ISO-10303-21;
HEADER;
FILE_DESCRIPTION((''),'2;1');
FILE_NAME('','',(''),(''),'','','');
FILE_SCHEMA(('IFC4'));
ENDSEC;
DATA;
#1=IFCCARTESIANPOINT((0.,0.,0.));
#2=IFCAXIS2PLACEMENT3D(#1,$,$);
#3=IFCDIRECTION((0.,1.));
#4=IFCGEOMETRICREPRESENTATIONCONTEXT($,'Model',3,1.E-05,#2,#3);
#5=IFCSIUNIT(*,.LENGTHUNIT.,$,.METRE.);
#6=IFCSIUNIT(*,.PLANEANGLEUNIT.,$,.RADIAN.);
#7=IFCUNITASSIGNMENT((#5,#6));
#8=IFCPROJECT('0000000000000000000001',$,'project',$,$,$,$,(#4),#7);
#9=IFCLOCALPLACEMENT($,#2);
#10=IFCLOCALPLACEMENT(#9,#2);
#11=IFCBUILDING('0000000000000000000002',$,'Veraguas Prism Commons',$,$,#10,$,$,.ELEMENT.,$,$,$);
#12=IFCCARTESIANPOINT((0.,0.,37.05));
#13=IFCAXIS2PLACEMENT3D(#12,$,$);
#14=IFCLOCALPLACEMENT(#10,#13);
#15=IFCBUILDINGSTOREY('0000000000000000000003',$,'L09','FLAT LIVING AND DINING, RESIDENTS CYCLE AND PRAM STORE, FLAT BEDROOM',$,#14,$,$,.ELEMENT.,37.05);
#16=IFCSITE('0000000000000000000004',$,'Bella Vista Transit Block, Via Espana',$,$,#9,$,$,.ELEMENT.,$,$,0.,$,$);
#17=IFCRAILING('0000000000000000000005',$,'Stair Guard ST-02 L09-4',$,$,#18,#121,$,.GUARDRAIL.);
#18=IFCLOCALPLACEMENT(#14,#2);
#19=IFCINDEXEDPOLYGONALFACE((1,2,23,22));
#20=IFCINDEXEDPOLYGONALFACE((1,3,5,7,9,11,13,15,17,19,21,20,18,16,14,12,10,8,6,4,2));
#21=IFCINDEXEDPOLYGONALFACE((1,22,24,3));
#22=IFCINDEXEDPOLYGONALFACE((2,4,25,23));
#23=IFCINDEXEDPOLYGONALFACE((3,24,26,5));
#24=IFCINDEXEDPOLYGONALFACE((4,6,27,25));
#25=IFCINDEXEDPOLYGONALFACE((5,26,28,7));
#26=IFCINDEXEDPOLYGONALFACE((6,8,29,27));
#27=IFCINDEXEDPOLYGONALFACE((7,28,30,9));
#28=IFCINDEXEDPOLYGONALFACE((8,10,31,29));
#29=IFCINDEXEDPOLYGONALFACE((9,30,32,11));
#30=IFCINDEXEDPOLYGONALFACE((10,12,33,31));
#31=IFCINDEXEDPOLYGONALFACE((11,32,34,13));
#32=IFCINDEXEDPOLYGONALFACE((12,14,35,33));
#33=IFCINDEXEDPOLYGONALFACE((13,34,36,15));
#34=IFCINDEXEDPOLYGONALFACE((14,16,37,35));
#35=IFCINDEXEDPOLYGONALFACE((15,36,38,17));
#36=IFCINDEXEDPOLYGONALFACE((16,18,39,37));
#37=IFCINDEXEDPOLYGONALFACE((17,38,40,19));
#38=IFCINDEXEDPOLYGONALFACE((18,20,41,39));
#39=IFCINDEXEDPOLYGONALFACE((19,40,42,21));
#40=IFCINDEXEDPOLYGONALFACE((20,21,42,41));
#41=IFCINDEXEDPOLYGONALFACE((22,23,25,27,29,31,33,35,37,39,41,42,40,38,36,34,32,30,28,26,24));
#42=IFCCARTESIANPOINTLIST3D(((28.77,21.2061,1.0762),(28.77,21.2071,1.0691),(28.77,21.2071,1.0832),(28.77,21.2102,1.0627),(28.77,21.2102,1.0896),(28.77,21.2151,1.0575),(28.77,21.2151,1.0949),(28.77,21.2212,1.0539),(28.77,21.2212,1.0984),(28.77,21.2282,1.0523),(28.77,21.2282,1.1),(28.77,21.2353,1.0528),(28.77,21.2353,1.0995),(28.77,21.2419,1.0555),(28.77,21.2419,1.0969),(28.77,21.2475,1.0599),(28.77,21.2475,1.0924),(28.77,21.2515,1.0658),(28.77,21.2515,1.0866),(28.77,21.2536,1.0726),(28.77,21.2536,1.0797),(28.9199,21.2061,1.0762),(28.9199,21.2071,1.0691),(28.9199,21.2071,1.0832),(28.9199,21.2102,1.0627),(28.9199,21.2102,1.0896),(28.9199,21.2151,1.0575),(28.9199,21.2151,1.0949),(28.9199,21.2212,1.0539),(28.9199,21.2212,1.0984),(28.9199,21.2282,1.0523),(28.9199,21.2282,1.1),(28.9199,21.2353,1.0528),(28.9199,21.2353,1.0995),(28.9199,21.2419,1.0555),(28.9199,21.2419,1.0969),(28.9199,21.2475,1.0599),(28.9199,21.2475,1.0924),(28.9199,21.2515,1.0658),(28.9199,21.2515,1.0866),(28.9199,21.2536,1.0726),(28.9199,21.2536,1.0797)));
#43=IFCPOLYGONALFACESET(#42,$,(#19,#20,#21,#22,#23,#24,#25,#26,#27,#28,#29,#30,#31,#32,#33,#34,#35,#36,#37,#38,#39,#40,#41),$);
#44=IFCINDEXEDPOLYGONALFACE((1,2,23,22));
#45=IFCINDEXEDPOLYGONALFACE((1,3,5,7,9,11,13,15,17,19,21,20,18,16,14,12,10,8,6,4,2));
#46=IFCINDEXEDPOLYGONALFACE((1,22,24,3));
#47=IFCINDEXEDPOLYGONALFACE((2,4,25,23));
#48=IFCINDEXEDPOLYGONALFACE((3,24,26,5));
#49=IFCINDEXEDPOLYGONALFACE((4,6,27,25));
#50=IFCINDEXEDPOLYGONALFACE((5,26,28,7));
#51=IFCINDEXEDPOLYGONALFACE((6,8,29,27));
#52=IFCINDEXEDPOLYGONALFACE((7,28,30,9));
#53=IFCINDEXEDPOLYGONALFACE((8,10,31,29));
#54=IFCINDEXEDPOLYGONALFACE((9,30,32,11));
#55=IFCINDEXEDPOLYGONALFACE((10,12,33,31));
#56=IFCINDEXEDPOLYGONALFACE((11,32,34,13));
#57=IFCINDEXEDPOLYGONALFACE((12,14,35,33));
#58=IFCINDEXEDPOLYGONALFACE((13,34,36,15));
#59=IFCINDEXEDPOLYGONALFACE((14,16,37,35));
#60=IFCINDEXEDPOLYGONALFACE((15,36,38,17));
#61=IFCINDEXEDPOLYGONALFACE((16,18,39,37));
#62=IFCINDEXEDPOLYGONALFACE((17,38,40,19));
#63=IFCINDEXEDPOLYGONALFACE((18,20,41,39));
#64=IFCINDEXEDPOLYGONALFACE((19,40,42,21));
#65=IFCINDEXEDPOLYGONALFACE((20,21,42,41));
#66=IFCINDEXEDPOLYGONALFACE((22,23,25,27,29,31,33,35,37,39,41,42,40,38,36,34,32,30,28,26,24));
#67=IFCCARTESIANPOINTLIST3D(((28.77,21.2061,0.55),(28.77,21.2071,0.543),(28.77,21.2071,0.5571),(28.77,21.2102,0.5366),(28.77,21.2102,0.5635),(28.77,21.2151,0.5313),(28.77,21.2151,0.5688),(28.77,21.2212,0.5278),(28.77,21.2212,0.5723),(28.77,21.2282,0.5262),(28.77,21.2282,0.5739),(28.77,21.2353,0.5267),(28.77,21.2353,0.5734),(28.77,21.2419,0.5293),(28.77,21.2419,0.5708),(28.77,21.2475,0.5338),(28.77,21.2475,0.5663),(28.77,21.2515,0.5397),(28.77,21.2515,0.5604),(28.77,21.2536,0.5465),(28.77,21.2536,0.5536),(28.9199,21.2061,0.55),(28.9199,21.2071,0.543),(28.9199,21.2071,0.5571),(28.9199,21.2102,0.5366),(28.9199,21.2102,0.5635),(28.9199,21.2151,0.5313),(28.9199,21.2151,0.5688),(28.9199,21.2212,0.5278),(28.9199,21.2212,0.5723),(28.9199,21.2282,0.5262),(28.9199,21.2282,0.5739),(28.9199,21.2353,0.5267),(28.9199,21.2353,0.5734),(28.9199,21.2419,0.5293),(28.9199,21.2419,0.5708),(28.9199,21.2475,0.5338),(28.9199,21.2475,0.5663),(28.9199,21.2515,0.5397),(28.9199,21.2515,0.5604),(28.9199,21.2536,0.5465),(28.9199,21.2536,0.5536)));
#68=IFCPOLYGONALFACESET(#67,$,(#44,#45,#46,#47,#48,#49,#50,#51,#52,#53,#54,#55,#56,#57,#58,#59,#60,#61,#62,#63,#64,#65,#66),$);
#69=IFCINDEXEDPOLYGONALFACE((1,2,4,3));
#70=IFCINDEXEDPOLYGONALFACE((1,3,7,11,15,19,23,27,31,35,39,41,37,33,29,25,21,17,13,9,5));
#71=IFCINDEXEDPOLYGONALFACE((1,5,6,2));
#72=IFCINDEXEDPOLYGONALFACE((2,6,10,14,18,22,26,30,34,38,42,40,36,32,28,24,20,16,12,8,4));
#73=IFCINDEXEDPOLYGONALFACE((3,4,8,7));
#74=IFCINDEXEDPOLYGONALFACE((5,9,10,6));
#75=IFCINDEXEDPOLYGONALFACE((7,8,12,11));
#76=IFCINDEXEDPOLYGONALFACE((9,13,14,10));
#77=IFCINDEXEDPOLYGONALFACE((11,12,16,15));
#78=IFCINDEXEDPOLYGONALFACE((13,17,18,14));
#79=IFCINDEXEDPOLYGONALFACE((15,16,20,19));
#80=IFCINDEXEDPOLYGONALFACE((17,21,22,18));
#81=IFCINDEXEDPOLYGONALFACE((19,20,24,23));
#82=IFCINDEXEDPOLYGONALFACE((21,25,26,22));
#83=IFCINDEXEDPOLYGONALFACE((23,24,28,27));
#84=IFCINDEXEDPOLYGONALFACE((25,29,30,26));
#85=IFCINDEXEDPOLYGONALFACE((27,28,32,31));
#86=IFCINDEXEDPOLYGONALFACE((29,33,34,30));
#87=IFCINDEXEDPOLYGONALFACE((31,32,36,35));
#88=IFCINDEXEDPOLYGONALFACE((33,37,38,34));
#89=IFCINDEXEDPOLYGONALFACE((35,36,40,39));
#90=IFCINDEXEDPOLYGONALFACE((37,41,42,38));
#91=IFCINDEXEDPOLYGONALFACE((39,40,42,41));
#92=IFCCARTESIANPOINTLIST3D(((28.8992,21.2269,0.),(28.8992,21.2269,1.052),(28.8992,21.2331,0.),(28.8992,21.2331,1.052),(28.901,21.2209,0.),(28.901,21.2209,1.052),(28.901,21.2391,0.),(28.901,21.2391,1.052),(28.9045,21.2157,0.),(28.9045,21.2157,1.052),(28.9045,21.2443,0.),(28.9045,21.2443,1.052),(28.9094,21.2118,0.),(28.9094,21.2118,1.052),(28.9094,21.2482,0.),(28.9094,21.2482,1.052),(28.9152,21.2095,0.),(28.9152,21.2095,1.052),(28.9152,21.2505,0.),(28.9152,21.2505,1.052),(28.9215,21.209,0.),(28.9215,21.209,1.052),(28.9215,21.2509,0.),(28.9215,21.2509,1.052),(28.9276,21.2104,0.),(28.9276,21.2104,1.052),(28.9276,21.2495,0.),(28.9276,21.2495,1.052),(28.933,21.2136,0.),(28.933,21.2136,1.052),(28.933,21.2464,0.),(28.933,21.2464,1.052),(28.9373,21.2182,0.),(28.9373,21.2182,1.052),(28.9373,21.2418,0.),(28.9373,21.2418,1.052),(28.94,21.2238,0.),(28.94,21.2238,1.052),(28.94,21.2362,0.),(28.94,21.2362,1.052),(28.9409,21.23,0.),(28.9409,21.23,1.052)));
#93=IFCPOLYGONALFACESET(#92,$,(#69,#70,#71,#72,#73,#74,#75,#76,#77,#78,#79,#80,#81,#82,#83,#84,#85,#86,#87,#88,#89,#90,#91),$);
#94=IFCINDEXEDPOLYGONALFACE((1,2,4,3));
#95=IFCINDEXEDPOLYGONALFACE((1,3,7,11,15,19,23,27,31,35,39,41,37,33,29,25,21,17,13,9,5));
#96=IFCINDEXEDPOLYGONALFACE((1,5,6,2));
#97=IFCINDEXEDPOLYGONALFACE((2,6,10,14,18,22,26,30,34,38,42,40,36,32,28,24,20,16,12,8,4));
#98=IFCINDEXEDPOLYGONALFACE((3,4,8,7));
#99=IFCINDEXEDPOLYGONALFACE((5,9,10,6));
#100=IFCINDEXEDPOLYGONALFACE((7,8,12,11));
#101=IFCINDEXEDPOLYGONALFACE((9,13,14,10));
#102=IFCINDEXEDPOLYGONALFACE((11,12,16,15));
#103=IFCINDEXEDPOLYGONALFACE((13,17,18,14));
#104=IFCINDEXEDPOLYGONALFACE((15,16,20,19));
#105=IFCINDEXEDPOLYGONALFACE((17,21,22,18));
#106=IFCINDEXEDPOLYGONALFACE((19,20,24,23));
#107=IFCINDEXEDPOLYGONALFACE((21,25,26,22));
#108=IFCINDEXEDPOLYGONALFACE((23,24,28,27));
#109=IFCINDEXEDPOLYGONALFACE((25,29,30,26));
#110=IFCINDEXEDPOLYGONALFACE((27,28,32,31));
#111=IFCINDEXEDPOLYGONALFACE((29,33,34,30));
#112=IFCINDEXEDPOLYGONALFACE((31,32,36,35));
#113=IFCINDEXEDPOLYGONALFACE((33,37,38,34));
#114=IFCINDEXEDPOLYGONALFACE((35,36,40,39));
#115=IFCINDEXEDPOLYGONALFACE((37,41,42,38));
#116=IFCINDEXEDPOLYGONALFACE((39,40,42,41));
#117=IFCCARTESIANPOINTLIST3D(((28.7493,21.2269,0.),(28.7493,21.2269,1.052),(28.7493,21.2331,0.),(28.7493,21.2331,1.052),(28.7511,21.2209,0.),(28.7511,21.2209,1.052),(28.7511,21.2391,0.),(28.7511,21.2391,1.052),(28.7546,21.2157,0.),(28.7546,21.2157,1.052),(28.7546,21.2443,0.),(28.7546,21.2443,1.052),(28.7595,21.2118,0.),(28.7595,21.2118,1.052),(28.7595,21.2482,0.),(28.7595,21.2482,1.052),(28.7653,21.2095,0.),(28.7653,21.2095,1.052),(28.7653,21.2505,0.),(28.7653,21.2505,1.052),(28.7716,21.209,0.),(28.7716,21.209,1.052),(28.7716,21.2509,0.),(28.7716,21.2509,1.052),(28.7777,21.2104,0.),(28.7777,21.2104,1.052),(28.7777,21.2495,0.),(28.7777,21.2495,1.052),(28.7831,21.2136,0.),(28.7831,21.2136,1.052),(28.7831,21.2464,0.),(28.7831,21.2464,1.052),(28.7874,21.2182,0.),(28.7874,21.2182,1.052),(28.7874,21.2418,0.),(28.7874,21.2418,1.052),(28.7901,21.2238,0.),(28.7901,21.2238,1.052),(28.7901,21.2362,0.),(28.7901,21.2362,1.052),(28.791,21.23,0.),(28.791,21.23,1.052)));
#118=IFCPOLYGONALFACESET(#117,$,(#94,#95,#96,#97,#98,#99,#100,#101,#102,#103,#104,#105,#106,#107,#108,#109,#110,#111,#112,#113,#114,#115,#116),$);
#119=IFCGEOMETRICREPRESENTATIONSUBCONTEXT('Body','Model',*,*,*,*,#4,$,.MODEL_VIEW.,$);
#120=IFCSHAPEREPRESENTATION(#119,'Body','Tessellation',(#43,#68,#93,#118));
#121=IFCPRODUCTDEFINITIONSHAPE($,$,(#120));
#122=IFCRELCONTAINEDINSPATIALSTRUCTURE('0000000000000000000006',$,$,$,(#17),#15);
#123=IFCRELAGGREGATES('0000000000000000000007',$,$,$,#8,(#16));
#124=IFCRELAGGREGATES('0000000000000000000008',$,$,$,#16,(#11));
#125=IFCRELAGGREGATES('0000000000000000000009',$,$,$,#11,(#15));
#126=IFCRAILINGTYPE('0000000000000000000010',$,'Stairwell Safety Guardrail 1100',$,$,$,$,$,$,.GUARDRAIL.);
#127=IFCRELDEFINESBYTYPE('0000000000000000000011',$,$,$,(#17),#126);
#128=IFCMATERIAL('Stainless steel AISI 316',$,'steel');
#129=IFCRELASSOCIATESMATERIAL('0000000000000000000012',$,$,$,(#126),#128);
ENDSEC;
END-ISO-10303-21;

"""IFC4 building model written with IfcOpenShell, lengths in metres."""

from ifc_helpers import new_model, si_unit, direction, frame, origin, origin_2d, place, context, subcontext, project, spatial, circle, extrude, material, type_object, element, save


model = new_model("IFC4")

# Units and contexts
model_context = context("Model", 3, precision=1e-05, world=origin(), true_north=direction((0.0, 1.0)))
body_context = subcontext(model_context, "Body", "Model", "MODEL_VIEW")
ifc_project = project(units=[si_unit("LENGTHUNIT", "METRE"), si_unit("PLANEANGLEUNIT", "RADIAN")], contexts=[model_context])

# Site, building, storey
site_placement = place(None, origin())
site = spatial("IfcSite", under=ifc_project, at=site_placement, Name="Bella Vista Transit Block, Via Espana", CompositionType="ELEMENT", RefElevation=0.0)
building_placement = place(site_placement, origin())
building = spatial("IfcBuilding", under=site, at=building_placement, Name="Veraguas Prism Commons", CompositionType="ELEMENT")
storey_placement = place(building_placement, frame((0.0, 0.0, 37.05)))
storey = spatial("IfcBuildingStorey", under=building, at=storey_placement, Name="L09", Description="FLAT LIVING AND DINING, RESIDENTS CYCLE AND PRAM STORE, FLAT BEDROOM", CompositionType="ELEMENT", Elevation=37.05)

# Shared definitions
ifc_material_1 = material(Name="Stainless steel AISI 316", Category="steel")

# Railing
railing_type_1 = type_object("IfcRailingType", Name="Stairwell Safety Guardrail 1100", PredefinedType="GUARDRAIL", material=ifc_material_1)
railing_1_placement = place(storey_placement, frame((28.9199, 21.23, 0.0)))
element("IfcRailing", 1, at=railing_1_placement, inside=storey, type_object=railing_type_1, Name="Stair Guard ST-02 L09-4", PredefinedType="GUARDRAIL", context=body_context, shape_type="SweptSolid", body=[
    extrude(circle(Radius=0.0239, at=origin_2d()), frame((0.0, 0.0, 1.0762), z_axis=(-1.0, 0.0, 0.0), x_axis=(0.0, -1.0, 0.0)), (0.0, 0.0, 1.0), 0.1499),
    extrude(circle(Radius=0.0239, at=origin_2d()), frame((0.0, 0.0, 0.55), z_axis=(-1.0, 0.0, 0.0), x_axis=(0.0, -1.0, 0.0)), (0.0, 0.0, 1.0), 0.1499),
    extrude(circle(Radius=0.021, at=origin_2d()), origin(), (0.0, 0.0, 1.0), 1.052),
    extrude(circle(Radius=0.021, at=origin_2d()), frame((-0.1499, 0.0, 0.0)), (0.0, 0.0, 1.0), 1.052),
])

save(model, "model.ifc")
